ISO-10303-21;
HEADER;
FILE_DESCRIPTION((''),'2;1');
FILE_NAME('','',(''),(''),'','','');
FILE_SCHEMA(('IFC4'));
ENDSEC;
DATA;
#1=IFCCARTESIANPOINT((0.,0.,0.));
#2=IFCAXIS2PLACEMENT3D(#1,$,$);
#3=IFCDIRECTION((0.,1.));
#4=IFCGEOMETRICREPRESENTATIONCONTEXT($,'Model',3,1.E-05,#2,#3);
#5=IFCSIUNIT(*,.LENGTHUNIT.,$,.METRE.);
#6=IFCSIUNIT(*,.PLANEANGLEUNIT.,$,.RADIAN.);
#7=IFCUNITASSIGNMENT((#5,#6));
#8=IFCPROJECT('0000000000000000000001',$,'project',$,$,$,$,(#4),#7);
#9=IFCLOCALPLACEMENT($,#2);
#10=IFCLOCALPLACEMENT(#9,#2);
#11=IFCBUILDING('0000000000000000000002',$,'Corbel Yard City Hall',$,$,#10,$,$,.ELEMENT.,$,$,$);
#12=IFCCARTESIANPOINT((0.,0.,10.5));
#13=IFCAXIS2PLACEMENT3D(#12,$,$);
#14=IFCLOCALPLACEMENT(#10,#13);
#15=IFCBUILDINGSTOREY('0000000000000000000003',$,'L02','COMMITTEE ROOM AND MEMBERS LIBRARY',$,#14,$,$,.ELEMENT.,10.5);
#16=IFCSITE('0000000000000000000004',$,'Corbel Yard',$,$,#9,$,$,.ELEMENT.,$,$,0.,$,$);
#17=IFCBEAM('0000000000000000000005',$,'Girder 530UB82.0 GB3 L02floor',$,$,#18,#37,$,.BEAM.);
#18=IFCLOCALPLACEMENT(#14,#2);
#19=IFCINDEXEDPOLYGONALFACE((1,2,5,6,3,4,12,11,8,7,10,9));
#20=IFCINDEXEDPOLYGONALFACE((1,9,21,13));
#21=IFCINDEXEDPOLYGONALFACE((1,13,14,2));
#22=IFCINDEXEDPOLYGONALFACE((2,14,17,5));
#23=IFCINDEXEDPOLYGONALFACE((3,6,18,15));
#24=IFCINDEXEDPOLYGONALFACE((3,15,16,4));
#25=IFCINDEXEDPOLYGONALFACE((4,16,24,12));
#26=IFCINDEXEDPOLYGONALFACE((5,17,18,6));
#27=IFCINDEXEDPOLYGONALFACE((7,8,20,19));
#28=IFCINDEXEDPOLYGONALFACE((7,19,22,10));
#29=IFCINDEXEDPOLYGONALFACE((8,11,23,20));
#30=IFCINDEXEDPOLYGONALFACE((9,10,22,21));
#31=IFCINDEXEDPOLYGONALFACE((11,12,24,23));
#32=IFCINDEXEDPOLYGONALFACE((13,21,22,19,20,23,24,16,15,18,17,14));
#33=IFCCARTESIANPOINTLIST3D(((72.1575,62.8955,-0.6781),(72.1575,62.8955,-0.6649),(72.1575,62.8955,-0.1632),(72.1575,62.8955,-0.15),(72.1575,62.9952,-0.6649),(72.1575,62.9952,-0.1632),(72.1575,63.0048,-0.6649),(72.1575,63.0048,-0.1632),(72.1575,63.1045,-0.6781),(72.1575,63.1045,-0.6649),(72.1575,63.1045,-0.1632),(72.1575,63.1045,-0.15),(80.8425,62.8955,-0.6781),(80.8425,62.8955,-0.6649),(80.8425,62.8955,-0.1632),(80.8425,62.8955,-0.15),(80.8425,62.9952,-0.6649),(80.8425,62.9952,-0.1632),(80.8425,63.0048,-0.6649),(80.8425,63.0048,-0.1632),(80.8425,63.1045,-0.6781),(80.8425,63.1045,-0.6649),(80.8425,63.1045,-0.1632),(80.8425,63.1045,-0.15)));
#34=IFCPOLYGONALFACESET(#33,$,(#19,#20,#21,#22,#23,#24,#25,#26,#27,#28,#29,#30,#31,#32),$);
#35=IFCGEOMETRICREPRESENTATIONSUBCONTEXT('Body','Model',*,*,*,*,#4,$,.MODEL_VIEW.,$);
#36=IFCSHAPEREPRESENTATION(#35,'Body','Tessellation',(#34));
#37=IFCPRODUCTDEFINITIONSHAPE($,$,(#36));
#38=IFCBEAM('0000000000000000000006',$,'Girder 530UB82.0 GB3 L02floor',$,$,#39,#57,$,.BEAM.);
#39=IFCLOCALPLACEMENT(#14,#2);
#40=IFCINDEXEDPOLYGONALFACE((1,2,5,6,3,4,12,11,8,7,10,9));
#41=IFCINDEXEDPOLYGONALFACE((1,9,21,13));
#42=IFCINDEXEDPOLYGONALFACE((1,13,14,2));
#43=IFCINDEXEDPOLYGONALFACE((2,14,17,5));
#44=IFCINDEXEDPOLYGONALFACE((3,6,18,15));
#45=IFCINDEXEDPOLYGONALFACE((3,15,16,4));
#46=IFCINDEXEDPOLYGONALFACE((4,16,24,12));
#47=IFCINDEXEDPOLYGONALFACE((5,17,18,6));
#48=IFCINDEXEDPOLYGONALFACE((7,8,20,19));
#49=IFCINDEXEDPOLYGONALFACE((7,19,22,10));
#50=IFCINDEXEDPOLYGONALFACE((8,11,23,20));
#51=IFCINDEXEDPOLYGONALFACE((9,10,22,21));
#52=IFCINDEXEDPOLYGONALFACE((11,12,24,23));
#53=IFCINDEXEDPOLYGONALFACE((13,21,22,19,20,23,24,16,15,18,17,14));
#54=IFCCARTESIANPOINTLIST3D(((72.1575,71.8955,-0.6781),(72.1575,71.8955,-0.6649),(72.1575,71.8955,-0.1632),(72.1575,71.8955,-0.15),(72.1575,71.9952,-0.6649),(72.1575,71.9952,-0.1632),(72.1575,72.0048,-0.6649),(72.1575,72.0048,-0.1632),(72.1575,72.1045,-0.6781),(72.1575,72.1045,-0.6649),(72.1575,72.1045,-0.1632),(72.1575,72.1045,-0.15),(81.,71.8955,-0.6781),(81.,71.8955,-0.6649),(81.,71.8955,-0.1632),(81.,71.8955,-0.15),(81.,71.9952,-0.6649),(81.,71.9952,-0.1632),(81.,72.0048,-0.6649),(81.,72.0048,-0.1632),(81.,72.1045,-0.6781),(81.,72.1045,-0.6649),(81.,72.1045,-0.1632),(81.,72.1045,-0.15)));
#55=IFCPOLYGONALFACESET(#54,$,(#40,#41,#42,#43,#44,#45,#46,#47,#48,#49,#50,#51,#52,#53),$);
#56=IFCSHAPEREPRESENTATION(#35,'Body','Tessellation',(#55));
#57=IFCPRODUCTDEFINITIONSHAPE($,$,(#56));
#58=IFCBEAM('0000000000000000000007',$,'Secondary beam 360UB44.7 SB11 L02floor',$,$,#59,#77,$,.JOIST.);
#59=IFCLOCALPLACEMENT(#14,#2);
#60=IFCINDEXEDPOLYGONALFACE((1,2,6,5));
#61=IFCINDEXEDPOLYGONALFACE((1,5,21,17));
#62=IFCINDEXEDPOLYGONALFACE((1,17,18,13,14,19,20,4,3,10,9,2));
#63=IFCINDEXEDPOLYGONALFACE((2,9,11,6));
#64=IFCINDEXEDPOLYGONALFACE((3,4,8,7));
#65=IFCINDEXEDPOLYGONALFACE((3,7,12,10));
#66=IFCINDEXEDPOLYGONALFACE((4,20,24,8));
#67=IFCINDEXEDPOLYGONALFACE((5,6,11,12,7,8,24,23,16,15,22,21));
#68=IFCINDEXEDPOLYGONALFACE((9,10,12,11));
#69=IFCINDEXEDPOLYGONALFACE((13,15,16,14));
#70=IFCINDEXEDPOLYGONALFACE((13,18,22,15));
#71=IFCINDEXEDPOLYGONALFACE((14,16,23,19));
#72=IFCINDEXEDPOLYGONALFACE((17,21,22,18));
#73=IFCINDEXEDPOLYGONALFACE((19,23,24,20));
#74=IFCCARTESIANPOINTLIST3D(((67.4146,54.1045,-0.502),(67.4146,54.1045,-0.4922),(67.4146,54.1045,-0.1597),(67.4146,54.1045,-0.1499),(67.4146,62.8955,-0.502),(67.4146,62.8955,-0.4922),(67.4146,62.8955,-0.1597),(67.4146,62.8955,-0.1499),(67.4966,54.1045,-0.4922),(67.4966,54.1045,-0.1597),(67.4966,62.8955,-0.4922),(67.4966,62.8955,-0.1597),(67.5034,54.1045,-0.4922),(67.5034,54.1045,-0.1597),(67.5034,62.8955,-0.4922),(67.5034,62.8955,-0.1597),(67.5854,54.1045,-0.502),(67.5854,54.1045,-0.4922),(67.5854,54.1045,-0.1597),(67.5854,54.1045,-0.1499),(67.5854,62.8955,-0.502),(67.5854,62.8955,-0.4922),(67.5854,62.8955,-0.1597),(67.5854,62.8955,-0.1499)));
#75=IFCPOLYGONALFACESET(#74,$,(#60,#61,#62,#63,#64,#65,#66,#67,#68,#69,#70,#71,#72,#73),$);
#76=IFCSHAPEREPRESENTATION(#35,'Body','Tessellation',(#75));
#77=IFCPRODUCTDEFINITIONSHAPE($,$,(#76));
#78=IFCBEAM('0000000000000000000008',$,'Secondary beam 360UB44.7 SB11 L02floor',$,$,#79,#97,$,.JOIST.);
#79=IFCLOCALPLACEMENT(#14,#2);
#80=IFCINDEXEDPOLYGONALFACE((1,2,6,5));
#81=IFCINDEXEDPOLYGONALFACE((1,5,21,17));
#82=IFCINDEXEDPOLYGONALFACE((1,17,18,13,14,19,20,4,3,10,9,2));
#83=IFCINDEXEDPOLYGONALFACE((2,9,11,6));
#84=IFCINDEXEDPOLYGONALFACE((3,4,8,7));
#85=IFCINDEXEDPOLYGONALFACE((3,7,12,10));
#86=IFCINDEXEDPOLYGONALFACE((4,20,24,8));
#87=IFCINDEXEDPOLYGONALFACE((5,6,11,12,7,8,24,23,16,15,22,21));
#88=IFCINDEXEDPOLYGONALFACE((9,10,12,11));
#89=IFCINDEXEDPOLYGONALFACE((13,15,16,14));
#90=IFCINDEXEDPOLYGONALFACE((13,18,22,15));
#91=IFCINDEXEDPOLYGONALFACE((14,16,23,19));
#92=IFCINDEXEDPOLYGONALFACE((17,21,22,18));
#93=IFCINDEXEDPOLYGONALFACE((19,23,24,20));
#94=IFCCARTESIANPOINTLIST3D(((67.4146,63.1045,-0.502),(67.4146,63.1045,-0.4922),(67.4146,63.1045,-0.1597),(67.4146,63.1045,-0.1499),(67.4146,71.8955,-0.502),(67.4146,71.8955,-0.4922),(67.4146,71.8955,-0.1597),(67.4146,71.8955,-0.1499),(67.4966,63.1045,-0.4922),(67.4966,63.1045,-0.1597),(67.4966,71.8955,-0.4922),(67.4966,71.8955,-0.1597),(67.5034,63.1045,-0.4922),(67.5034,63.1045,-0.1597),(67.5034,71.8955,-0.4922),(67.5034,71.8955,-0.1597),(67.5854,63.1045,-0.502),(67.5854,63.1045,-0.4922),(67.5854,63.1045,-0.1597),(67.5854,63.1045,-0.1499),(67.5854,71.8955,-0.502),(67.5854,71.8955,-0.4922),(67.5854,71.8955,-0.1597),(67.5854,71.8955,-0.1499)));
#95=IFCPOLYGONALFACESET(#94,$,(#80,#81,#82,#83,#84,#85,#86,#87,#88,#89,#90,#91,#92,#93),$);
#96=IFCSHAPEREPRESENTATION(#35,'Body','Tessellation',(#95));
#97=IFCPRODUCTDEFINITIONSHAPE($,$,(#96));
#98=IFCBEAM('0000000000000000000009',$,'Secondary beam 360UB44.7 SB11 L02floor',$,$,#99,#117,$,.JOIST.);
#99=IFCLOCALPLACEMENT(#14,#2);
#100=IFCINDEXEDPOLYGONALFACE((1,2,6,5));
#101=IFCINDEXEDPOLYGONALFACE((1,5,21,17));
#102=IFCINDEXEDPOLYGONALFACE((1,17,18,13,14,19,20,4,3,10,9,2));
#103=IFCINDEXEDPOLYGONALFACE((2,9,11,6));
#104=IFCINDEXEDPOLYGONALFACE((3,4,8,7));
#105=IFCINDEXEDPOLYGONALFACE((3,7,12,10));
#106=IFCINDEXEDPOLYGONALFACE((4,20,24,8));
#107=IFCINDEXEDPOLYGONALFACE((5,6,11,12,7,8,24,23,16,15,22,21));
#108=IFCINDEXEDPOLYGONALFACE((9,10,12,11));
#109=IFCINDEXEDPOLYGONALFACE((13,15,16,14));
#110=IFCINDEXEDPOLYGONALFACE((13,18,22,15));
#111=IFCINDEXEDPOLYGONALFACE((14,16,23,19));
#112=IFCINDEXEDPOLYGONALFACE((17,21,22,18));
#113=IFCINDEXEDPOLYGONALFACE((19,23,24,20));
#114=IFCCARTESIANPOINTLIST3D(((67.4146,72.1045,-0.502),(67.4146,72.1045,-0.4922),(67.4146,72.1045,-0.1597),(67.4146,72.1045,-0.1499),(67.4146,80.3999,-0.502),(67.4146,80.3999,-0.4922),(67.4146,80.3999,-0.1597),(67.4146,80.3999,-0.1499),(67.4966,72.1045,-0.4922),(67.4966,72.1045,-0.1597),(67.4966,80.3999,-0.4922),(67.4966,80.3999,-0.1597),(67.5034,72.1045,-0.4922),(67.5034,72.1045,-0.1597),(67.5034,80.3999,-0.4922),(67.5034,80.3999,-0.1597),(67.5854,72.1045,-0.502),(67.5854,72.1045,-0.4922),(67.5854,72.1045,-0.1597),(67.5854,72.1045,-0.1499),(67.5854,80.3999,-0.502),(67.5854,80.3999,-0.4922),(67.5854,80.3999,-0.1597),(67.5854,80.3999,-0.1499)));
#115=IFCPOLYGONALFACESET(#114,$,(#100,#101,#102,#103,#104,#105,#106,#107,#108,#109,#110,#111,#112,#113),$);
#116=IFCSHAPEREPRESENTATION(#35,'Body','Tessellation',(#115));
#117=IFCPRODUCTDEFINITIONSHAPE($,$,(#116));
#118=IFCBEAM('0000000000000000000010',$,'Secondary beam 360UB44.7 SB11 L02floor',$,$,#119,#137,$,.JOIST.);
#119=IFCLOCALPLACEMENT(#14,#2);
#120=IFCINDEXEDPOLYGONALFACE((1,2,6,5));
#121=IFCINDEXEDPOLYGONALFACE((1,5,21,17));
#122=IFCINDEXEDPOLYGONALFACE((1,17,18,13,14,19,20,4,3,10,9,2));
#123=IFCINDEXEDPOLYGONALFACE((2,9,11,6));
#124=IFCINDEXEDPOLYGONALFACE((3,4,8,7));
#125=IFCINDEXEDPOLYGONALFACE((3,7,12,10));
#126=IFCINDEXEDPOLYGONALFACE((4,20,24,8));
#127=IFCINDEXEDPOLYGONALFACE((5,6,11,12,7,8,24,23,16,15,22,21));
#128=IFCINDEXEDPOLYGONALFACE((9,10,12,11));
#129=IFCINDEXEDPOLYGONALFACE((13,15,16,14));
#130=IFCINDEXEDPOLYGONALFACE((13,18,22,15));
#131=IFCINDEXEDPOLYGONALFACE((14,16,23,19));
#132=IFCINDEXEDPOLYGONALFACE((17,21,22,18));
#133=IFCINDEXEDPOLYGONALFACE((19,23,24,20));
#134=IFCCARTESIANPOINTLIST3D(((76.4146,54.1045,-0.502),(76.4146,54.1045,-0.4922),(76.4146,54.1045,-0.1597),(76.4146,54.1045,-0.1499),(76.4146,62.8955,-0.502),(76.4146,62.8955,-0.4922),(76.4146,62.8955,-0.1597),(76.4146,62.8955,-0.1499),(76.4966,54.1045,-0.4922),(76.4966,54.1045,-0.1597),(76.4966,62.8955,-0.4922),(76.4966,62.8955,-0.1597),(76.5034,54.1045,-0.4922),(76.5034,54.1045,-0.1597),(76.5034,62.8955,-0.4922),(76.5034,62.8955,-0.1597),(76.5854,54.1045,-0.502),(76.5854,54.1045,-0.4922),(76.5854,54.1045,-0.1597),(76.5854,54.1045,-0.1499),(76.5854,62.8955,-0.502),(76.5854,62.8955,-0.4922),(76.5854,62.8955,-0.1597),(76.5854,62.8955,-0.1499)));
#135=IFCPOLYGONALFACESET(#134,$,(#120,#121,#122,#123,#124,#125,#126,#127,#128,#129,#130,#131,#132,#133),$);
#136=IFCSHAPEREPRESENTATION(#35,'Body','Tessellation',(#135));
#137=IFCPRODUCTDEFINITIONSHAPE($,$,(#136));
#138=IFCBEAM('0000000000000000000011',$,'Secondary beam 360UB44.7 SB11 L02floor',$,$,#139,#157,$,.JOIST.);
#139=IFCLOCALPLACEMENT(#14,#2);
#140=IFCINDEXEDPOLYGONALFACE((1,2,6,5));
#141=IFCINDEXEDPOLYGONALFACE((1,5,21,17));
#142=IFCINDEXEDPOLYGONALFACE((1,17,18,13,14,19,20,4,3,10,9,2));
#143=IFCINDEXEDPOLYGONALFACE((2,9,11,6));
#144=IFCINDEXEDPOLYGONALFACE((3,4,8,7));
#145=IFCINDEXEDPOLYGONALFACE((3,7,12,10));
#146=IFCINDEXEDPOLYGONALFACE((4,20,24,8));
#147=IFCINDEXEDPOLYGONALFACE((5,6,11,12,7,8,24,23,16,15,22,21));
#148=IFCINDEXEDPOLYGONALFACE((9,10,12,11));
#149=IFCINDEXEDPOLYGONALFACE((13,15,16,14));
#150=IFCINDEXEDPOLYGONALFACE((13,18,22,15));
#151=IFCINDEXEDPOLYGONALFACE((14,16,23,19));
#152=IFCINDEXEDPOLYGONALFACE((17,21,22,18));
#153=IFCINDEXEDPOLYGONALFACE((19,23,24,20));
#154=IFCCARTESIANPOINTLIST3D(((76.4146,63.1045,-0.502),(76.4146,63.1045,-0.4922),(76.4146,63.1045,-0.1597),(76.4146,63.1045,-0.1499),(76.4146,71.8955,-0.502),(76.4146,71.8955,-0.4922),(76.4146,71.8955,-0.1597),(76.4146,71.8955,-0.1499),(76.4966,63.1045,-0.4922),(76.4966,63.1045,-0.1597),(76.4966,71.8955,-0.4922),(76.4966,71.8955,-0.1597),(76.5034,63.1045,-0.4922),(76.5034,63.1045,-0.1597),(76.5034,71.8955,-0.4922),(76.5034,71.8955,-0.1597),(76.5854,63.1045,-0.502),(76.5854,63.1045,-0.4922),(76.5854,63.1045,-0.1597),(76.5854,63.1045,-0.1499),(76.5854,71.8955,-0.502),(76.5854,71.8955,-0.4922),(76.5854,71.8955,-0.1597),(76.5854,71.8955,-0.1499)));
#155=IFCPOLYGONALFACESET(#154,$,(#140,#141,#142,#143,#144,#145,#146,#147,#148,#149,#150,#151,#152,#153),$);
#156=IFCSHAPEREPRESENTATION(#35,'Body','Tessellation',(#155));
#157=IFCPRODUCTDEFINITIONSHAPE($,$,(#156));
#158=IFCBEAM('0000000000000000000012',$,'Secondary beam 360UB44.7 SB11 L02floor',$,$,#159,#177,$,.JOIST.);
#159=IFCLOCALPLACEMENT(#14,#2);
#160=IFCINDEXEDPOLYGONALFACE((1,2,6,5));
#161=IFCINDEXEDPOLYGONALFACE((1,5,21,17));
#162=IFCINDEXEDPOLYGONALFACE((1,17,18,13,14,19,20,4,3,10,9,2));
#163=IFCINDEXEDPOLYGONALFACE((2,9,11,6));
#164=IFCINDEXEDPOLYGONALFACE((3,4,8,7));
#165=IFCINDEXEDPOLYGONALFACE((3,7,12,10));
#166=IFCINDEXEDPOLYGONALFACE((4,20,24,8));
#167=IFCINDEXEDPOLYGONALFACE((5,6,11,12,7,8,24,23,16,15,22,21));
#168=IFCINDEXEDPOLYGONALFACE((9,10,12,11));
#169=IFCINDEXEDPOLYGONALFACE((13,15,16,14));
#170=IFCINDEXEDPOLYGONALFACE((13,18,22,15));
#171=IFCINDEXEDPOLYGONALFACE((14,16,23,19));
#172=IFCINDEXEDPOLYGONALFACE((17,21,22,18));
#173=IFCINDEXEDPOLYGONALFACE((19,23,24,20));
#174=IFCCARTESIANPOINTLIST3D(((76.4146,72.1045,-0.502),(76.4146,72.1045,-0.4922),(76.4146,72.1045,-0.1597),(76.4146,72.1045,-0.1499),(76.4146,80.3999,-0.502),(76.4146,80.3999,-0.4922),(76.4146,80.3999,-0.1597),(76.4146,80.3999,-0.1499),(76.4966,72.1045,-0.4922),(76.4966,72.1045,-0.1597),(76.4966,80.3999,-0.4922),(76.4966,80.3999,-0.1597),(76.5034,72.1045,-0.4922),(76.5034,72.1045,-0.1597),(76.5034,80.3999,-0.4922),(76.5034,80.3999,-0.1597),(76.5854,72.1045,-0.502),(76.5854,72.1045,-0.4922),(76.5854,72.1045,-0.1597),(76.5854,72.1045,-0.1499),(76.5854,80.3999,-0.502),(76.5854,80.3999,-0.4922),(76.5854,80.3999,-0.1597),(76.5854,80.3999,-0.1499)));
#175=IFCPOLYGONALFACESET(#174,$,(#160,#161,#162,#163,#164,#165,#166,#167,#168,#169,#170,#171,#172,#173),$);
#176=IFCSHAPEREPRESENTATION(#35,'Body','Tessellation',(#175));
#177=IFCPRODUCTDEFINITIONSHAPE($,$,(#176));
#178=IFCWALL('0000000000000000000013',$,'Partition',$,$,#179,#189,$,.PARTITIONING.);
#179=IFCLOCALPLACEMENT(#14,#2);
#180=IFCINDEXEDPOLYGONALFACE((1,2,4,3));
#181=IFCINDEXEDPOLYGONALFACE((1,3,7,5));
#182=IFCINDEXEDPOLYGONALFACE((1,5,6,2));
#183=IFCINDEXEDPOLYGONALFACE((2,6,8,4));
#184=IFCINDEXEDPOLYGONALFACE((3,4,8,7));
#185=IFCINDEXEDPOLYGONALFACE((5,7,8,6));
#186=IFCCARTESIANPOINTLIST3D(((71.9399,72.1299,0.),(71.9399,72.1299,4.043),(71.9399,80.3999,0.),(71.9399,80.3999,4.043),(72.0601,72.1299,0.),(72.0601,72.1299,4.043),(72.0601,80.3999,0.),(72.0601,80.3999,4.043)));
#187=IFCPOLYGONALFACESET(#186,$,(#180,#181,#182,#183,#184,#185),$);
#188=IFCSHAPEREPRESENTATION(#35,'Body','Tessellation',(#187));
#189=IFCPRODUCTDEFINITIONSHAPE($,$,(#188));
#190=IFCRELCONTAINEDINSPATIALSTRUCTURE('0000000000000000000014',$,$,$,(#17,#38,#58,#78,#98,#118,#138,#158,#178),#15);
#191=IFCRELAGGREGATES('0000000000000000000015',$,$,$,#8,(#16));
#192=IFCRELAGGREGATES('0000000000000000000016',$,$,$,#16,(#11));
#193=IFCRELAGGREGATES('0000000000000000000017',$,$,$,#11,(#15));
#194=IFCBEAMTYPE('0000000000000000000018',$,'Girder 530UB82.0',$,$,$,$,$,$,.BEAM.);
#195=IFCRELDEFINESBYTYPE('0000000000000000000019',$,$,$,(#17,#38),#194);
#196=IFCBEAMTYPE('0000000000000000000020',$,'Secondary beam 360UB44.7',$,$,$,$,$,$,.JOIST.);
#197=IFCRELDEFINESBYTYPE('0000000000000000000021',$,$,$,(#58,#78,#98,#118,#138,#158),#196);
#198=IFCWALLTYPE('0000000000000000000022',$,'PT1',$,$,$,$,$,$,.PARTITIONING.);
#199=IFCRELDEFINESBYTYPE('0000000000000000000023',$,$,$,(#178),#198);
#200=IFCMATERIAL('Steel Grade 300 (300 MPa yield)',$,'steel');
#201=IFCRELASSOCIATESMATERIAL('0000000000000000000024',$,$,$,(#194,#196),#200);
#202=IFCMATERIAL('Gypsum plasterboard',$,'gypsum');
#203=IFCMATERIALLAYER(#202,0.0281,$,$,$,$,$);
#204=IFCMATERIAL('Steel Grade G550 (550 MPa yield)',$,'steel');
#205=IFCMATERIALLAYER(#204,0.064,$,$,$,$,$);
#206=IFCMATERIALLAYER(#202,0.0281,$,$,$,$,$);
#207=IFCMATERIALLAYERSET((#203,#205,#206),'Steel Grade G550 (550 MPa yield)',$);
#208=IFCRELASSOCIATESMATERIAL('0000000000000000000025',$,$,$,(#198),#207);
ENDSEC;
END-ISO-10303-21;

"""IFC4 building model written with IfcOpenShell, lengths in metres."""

from ifc_helpers import new_model, si_unit, direction, frame, frame_2d, origin, origin_2d, place, context, subcontext, project, spatial, rectangle, i_section, extrude, material, layer, layer_set, material_profile, profile_set, type_object, element, save


model = new_model("IFC4")

# Units and contexts
model_context = context("Model", 3, precision=1e-05, world=origin(), true_north=direction((0.0, 1.0)))
body_context = subcontext(model_context, "Body", "Model", "MODEL_VIEW")
ifc_project = project(units=[si_unit("LENGTHUNIT", "METRE"), si_unit("PLANEANGLEUNIT", "RADIAN")], contexts=[model_context])

# Site, building, storey
site_placement = place(None, origin())
site = spatial("IfcSite", under=ifc_project, at=site_placement, Name="Corbel Yard", CompositionType="ELEMENT", RefElevation=0.0)
building_placement = place(site_placement, origin())
building = spatial("IfcBuilding", under=site, at=building_placement, Name="Corbel Yard City Hall", CompositionType="ELEMENT")
storey_placement = place(building_placement, frame((0.0, 0.0, 10.5)))
storey = spatial("IfcBuildingStorey", under=building, at=storey_placement, Name="L02", Description="COMMITTEE ROOM AND MEMBERS LIBRARY", CompositionType="ELEMENT", Elevation=10.5)

# Shared definitions
ifc_material_1 = material(Name="Steel Grade 300 (300 MPa yield)", Category="steel")

# Beams
ifc_material_profile_1 = material_profile(ifc_material_1, i_section(OverallWidth=0.209, OverallDepth=0.5281, WebThickness=0.0095, FlangeThickness=0.0132, at=origin_2d()), Name="530UB82.0")
ifc_profile_set_1 = profile_set([ifc_material_profile_1], Name="Steel Grade 300 (300 MPa yield)")
beam_type_1 = type_object("IfcBeamType", Name="Girder 530UB82.0", PredefinedType="BEAM", material=ifc_profile_set_1)
for number, where, z_axis, x_axis, name in (
    (1, (72.1575, 63.0, -0.4141), (1.0, 0.0, 0.0), (0.0, 1.0, 0.0), "Girder 530UB82.0 GB3 L02floor"),
):
    element("IfcBeam", number, at=place(storey_placement, frame(where, z_axis=z_axis, x_axis=x_axis)), inside=storey, type_object=beam_type_1, Name=name, PredefinedType="BEAM", context=body_context, shape_type="SweptSolid", body=[
        extrude(i_section(OverallWidth=0.209, OverallDepth=0.5281, WebThickness=0.0095, FlangeThickness=0.0132, at=origin_2d()), origin(), (0.0, 0.0, 1.0), 8.6851),
    ])
beam_1_placement = place(storey_placement, frame((72.1575, 72.0, -0.4141), z_axis=(1.0, 0.0, 0.0), x_axis=(0.0, 1.0, 0.0)))
element("IfcBeam", 2, at=beam_1_placement, inside=storey, type_object=beam_type_1, Name="Girder 530UB82.0 GB3 L02floor", PredefinedType="BEAM", context=body_context, shape_type="SweptSolid", body=[
    extrude(i_section(OverallWidth=0.209, OverallDepth=0.5281, WebThickness=0.0095, FlangeThickness=0.0132, at=origin_2d()), origin(), (0.0, 0.0, 1.0), 8.8425),
])
ifc_material_profile_2 = material_profile(ifc_material_1, i_section(OverallWidth=0.1709, OverallDepth=0.3521, WebThickness=0.0068, FlangeThickness=0.0098, at=origin_2d()), Name="360UB44.7")
ifc_profile_set_2 = profile_set([ifc_material_profile_2], Name="Steel Grade 300 (300 MPa yield)")
beam_type_2 = type_object("IfcBeamType", Name="Secondary beam 360UB44.7", PredefinedType="JOIST", material=ifc_profile_set_2)
for number, where, z_axis, x_axis, name in (
    (3, (67.5, 54.1045, -0.3259), (0.0, 1.0, 0.0), (-1.0, 0.0, 0.0), "Secondary beam 360UB44.7 SB11 L02floor"),
    (4, (67.5, 63.1045, -0.3259), (0.0, 1.0, 0.0), (-1.0, 0.0, 0.0), "Secondary beam 360UB44.7 SB11 L02floor"),
):
    element("IfcBeam", number, at=place(storey_placement, frame(where, z_axis=z_axis, x_axis=x_axis)), inside=storey, type_object=beam_type_2, Name=name, PredefinedType="JOIST", context=body_context, shape_type="SweptSolid", body=[
        extrude(i_section(OverallWidth=0.1709, OverallDepth=0.3521, WebThickness=0.0068, FlangeThickness=0.0098, at=origin_2d()), origin(), (0.0, 0.0, 1.0), 8.791),
    ])
beam_2_placement = place(storey_placement, frame((67.5, 72.1045, -0.3259), z_axis=(0.0, 1.0, 0.0), x_axis=(-1.0, 0.0, 0.0)))
element("IfcBeam", 5, at=beam_2_placement, inside=storey, type_object=beam_type_2, Name="Secondary beam 360UB44.7 SB11 L02floor", PredefinedType="JOIST", context=body_context, shape_type="SweptSolid", body=[
    extrude(i_section(OverallWidth=0.1709, OverallDepth=0.3521, WebThickness=0.0068, FlangeThickness=0.0098, at=origin_2d()), origin(), (0.0, 0.0, 1.0), 8.2954),
])
for number, where, z_axis, x_axis, name in (
    (6, (76.5, 54.1045, -0.3259), (0.0, 1.0, 0.0), (-1.0, 0.0, 0.0), "Secondary beam 360UB44.7 SB11 L02floor"),
    (7, (76.5, 63.1045, -0.3259), (0.0, 1.0, 0.0), (-1.0, 0.0, 0.0), "Secondary beam 360UB44.7 SB11 L02floor"),
):
    element("IfcBeam", number, at=place(storey_placement, frame(where, z_axis=z_axis, x_axis=x_axis)), inside=storey, type_object=beam_type_2, Name=name, PredefinedType="JOIST", context=body_context, shape_type="SweptSolid", body=[
        extrude(i_section(OverallWidth=0.1709, OverallDepth=0.3521, WebThickness=0.0068, FlangeThickness=0.0098, at=origin_2d()), origin(), (0.0, 0.0, 1.0), 8.791),
    ])
beam_3_placement = place(storey_placement, frame((76.5, 72.1045, -0.3259), z_axis=(0.0, 1.0, 0.0), x_axis=(-1.0, 0.0, 0.0)))
element("IfcBeam", 8, at=beam_3_placement, inside=storey, type_object=beam_type_2, Name="Secondary beam 360UB44.7 SB11 L02floor", PredefinedType="JOIST", context=body_context, shape_type="SweptSolid", body=[
    extrude(i_section(OverallWidth=0.1709, OverallDepth=0.3521, WebThickness=0.0068, FlangeThickness=0.0098, at=origin_2d()), origin(), (0.0, 0.0, 1.0), 8.2954),
])

# Wall
ifc_material_2 = material(Name="Gypsum plasterboard", Category="gypsum")
ifc_layer_1 = layer(ifc_material_2, 0.0281)
ifc_material_3 = material(Name="Steel Grade G550 (550 MPa yield)", Category="steel")
ifc_layer_2 = layer(ifc_material_3, 0.064)
ifc_layer_3 = layer(ifc_material_2, 0.0281)
ifc_layer_set_1 = layer_set([ifc_layer_1, ifc_layer_2, ifc_layer_3], Name="Steel Grade G550 (550 MPa yield)")
wall_type_1 = type_object("IfcWallType", Name="PT1", PredefinedType="PARTITIONING", material=ifc_layer_set_1)
wall_1_placement = place(storey_placement, frame((72.0, 72.1299, 0.0), z_axis=(0.0, 0.0, 1.0), x_axis=(0.0, 1.0, 0.0)))
element("IfcWall", 9, at=wall_1_placement, inside=storey, type_object=wall_type_1, Name="Partition", PredefinedType="PARTITIONING", context=body_context, shape_type="SweptSolid", body=[
    extrude(rectangle(XDim=8.27, YDim=0.1201, at=frame_2d((4.135, 0.0))), origin(), (0.0, 0.0, 1.0), 4.043),
])

save(model, "model.ifc")
